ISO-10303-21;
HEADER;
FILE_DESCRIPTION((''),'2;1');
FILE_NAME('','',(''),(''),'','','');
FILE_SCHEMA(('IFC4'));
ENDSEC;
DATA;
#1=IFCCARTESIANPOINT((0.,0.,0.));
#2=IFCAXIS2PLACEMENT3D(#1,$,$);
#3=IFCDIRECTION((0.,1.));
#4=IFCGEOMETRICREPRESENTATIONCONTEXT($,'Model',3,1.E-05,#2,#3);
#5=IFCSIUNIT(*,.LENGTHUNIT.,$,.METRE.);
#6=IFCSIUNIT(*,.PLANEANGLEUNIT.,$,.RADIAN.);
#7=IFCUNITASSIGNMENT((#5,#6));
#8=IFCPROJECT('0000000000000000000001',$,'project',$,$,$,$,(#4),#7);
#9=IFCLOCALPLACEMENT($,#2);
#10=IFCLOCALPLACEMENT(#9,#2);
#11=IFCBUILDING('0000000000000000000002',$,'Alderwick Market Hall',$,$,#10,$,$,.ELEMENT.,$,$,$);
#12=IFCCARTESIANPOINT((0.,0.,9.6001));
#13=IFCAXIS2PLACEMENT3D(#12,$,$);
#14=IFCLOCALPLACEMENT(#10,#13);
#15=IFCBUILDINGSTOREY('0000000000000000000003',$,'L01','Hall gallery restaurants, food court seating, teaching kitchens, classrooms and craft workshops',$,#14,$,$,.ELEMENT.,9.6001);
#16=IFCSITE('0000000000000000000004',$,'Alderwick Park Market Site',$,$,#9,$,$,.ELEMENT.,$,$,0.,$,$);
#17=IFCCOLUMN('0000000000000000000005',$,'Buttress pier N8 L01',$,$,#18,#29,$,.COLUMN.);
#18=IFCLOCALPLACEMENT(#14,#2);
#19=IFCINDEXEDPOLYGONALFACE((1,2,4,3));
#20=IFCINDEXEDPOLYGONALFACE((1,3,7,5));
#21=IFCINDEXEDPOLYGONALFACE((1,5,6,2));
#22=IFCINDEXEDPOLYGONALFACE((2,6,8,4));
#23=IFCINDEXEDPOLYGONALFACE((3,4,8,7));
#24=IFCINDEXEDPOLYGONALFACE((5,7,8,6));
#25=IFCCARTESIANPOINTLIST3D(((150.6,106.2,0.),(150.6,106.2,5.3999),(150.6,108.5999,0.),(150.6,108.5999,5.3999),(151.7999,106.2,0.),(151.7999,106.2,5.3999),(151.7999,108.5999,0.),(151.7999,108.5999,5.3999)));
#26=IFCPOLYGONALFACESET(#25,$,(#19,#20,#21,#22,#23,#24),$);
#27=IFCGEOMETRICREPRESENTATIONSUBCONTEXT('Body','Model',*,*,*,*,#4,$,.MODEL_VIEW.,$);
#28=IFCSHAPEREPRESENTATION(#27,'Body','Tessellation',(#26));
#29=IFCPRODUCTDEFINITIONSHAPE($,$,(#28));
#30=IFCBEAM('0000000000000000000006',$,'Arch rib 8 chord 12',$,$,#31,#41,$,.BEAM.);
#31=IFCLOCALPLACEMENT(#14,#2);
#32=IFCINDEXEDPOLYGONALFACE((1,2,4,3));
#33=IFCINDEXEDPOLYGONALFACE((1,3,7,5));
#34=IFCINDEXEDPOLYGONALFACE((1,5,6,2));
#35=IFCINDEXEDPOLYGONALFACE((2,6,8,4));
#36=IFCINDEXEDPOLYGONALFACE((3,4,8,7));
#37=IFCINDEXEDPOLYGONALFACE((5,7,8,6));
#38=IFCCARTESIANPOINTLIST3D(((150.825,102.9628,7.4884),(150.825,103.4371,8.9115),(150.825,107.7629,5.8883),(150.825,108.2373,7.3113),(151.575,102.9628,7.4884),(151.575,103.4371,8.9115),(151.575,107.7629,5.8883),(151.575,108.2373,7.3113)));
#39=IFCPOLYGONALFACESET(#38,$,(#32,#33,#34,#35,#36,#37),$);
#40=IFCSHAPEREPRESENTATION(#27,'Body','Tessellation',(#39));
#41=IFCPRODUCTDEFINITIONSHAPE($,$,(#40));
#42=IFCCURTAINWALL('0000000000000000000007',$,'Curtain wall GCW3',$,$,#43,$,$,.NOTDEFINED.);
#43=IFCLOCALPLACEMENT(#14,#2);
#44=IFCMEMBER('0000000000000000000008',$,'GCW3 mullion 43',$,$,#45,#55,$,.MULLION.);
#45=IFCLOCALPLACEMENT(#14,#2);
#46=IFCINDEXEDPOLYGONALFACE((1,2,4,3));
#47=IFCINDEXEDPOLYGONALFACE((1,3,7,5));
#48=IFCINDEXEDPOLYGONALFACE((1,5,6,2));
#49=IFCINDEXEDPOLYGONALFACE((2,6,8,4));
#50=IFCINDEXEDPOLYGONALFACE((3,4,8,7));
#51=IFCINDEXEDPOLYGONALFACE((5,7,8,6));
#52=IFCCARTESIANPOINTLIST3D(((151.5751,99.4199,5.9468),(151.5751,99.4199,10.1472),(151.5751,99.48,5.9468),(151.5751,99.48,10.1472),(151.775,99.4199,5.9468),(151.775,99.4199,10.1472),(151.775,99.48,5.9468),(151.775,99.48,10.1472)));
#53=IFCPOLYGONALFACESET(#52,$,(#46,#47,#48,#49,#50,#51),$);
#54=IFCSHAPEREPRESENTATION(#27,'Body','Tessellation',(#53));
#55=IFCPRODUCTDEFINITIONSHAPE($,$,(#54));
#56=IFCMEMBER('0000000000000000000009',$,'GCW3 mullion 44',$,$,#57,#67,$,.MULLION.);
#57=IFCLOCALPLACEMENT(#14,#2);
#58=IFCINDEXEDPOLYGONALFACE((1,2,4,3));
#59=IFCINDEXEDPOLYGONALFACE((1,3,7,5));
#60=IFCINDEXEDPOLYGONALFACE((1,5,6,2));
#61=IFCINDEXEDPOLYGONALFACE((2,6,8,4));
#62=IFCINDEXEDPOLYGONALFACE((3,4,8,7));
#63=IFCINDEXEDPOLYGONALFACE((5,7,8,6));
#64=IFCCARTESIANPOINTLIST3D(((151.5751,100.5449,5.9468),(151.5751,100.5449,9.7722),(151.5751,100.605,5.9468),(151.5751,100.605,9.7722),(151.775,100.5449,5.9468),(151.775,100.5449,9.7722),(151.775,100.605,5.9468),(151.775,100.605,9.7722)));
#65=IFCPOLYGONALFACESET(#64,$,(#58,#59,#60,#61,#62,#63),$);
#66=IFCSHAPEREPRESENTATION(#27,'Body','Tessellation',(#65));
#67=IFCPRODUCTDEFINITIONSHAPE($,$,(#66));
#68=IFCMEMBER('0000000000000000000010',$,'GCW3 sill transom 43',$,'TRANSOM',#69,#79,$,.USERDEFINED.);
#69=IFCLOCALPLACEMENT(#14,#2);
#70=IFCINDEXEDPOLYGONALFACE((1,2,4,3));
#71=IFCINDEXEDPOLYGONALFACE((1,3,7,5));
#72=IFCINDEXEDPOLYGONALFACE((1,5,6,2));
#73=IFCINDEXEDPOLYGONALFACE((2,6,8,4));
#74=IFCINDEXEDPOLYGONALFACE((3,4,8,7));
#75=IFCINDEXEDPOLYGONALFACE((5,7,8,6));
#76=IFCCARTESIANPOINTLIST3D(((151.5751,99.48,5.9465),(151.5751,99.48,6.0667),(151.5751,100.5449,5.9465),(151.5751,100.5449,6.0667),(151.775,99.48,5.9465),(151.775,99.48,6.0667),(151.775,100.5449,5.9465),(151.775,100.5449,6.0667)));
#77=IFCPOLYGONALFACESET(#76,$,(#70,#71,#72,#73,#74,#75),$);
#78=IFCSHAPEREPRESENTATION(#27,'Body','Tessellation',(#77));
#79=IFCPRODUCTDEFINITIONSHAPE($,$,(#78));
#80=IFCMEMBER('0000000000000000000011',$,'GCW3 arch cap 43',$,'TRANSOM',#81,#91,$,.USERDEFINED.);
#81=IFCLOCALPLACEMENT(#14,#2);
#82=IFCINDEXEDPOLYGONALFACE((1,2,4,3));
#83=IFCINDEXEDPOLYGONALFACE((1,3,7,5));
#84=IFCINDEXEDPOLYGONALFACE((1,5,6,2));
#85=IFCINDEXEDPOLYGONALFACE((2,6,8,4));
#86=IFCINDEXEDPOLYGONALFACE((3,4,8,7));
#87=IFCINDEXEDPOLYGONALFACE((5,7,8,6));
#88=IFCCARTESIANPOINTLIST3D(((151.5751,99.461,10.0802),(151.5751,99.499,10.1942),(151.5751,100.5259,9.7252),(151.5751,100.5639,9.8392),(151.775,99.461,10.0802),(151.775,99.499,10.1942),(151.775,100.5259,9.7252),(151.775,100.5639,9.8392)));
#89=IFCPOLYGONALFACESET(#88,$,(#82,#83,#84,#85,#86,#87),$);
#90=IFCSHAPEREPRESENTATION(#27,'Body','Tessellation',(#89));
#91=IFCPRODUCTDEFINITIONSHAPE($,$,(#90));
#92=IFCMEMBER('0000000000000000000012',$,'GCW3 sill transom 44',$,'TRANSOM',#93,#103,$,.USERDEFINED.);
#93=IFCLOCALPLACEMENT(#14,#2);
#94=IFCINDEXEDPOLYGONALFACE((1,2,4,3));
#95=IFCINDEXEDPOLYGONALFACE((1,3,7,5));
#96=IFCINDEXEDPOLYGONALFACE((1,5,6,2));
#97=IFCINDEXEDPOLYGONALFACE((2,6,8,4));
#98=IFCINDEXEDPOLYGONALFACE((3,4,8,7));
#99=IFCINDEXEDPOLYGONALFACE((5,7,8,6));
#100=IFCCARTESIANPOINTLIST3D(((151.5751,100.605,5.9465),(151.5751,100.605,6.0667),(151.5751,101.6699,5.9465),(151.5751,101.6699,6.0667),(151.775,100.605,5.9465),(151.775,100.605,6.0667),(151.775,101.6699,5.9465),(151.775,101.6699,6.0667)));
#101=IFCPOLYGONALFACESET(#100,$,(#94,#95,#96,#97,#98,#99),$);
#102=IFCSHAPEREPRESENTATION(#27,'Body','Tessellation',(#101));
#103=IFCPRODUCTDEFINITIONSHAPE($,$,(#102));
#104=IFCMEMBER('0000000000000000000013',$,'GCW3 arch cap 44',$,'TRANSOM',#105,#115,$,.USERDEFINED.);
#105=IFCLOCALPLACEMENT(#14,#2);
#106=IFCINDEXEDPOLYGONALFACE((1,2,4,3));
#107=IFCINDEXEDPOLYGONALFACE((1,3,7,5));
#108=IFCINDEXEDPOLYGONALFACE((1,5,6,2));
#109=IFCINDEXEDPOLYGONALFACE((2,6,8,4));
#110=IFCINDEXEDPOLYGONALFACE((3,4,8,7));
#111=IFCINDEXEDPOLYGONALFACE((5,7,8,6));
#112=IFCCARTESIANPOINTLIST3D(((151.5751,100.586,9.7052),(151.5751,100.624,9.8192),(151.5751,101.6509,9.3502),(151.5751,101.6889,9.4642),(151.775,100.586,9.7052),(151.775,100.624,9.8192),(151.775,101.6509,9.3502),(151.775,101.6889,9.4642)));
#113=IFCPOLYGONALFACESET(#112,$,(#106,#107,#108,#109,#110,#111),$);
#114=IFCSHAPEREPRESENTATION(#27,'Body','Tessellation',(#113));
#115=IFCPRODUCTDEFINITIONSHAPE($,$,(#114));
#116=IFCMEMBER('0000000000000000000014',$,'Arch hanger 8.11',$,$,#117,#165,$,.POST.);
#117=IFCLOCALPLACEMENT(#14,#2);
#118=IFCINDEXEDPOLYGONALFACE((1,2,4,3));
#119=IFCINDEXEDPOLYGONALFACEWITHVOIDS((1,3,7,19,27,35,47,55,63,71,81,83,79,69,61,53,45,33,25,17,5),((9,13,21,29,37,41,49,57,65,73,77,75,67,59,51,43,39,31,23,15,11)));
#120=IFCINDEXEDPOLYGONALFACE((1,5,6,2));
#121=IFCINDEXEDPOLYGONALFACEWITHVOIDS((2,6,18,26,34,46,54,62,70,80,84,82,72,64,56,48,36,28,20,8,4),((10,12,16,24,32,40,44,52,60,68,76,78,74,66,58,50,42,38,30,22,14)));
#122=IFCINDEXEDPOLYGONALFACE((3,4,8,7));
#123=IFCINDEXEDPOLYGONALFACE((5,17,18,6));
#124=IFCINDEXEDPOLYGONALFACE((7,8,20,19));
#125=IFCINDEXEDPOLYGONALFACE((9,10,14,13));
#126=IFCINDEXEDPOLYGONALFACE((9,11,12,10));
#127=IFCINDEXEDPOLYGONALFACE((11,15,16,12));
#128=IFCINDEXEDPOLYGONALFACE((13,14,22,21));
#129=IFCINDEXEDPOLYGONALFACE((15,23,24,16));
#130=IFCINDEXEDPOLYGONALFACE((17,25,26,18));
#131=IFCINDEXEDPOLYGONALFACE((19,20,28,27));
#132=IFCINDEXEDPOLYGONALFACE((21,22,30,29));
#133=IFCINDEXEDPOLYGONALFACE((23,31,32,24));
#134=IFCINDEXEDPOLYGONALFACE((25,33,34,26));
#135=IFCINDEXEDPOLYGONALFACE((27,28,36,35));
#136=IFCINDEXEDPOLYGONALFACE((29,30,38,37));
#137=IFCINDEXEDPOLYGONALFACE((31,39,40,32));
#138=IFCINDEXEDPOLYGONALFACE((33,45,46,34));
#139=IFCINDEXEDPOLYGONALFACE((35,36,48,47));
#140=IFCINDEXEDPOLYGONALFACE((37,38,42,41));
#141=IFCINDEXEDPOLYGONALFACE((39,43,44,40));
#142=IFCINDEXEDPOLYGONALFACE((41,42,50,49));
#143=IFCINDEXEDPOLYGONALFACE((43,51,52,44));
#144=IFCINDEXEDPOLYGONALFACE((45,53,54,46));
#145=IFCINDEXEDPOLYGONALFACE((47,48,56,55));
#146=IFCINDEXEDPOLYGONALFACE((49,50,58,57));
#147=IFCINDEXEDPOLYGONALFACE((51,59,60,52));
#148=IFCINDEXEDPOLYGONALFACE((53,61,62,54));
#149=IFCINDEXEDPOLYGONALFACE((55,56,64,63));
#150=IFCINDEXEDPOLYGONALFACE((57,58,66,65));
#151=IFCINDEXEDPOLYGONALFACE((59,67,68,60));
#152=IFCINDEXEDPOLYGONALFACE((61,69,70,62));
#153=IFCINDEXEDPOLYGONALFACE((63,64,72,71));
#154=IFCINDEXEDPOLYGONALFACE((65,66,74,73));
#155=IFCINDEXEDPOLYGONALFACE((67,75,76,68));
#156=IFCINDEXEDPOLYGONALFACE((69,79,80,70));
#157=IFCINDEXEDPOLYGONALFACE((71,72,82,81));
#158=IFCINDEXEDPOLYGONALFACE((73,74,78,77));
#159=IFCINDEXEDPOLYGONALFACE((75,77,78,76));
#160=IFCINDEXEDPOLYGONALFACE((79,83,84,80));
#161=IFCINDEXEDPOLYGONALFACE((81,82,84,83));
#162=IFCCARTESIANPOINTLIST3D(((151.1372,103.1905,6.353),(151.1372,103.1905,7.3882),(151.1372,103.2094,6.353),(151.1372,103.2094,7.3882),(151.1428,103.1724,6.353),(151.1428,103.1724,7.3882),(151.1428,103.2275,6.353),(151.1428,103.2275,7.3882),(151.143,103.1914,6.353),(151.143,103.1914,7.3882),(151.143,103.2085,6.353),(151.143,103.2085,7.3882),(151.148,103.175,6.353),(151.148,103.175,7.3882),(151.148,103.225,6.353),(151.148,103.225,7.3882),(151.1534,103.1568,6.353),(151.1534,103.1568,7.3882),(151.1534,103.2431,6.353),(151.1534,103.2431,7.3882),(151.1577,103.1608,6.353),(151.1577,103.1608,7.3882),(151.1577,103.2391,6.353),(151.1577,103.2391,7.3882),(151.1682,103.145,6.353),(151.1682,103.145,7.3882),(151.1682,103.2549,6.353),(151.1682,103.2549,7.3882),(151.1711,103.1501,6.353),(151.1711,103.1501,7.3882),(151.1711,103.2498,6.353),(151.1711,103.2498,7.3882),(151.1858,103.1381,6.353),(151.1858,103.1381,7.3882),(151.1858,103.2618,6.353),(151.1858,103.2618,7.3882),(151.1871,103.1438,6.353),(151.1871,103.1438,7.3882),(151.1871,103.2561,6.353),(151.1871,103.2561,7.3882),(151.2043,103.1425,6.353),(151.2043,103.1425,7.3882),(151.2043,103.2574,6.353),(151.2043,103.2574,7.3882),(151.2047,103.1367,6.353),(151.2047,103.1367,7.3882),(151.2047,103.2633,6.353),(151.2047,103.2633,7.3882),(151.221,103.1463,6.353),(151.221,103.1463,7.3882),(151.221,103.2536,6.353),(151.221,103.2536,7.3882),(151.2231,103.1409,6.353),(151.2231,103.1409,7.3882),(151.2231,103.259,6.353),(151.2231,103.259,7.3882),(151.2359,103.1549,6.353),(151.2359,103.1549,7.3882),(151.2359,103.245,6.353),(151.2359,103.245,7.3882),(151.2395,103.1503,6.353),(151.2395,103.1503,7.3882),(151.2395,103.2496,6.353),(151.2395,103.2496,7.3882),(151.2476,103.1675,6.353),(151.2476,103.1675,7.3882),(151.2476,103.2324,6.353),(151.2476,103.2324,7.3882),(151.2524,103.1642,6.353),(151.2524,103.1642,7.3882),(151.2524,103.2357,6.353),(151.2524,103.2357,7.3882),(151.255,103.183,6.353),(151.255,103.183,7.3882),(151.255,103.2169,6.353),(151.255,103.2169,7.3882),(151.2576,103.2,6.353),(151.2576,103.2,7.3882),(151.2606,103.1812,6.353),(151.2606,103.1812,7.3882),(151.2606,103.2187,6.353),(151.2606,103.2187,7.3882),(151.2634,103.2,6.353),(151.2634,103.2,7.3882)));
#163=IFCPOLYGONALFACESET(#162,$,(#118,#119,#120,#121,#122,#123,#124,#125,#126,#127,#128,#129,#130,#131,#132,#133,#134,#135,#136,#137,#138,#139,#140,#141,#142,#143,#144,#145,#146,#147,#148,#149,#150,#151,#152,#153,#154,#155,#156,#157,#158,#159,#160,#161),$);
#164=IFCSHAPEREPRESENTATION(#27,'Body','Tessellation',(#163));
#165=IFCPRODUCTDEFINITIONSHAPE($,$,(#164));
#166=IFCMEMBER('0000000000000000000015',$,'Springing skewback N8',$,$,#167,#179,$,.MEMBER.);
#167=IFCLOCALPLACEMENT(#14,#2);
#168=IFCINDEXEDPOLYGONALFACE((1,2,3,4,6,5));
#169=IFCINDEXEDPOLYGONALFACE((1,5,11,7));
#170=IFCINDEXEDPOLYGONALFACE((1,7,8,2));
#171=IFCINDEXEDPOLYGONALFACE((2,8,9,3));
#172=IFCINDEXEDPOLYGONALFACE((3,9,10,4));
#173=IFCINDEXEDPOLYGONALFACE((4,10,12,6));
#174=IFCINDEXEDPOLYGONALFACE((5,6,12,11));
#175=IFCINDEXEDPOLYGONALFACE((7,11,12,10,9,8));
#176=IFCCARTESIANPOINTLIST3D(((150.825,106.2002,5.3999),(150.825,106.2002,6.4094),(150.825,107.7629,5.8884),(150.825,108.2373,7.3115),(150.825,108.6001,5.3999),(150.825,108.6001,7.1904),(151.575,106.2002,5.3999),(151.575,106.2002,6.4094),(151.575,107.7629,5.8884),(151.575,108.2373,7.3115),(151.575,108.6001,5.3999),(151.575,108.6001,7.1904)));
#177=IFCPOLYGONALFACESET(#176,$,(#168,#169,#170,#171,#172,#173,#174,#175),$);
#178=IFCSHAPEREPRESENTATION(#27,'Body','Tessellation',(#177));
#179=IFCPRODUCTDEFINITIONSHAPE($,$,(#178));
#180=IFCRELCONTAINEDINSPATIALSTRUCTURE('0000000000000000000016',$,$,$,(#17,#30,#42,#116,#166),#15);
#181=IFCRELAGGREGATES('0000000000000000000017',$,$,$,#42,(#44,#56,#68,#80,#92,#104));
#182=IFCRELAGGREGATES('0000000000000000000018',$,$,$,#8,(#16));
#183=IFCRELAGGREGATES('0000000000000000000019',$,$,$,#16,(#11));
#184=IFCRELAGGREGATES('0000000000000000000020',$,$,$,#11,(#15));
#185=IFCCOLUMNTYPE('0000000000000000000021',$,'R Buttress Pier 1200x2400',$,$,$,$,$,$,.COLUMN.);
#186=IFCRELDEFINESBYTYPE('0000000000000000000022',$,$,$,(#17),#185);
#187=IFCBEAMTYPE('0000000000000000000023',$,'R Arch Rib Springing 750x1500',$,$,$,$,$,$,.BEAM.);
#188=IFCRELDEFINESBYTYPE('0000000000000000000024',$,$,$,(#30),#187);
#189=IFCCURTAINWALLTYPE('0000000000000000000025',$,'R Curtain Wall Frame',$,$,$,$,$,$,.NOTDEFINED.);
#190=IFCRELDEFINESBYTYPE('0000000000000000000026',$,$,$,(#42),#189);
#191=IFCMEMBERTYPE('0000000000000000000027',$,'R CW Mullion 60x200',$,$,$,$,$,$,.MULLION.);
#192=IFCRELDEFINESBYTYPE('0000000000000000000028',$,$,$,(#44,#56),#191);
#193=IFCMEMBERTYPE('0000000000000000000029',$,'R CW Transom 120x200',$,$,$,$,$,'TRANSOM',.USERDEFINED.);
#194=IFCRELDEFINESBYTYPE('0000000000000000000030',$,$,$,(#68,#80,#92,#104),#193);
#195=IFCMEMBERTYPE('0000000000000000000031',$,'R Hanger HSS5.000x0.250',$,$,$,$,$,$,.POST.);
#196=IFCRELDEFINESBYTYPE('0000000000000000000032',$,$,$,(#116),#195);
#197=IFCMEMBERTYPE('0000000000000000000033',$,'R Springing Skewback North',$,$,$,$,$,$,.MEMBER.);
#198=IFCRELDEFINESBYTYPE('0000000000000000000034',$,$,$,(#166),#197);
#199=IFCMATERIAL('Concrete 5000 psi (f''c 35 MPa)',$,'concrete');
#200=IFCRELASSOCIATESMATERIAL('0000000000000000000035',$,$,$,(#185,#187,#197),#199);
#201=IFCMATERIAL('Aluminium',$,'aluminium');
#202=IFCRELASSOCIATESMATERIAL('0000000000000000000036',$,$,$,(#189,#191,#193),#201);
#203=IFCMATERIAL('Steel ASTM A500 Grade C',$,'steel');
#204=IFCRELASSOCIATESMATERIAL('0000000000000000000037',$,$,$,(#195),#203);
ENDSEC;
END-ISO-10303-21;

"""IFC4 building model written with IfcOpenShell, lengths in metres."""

from ifc_helpers import new_model, si_unit, direction, frame, origin, origin_2d, place, context, subcontext, project, spatial, polyline, rectangle, hollow_circle, outline, extrude, material, material_profile, profile_set, type_object, element, aggregate, save


model = new_model("IFC4")

# Units and contexts
model_context = context("Model", 3, precision=1e-05, world=origin(), true_north=direction((0.0, 1.0)))
body_context = subcontext(model_context, "Body", "Model", "MODEL_VIEW")
ifc_project = project(units=[si_unit("LENGTHUNIT", "METRE"), si_unit("PLANEANGLEUNIT", "RADIAN")], contexts=[model_context])

# Site, building, storey
site_placement = place(None, origin())
site = spatial("IfcSite", under=ifc_project, at=site_placement, Name="Alderwick Park Market Site", CompositionType="ELEMENT", RefElevation=0.0)
building_placement = place(site_placement, origin())
building = spatial("IfcBuilding", under=site, at=building_placement, Name="Alderwick Market Hall", CompositionType="ELEMENT")
storey_placement = place(building_placement, frame((0.0, 0.0, 9.6001)))
storey = spatial("IfcBuildingStorey", under=building, at=storey_placement, Name="L01", Description="Hall gallery restaurants, food court seating, teaching kitchens, classrooms and craft workshops", CompositionType="ELEMENT", Elevation=9.6001)

# Column
ifc_material_1 = material(Name="Concrete 5000 psi (f'c 35 MPa)", Category="concrete")
ifc_material_profile_1 = material_profile(ifc_material_1, rectangle(XDim=1.2, YDim=2.3999, at=origin_2d()), Name="RC 1200x2400")
ifc_profile_set_1 = profile_set([ifc_material_profile_1], Name="Concrete 5000 psi (f'c 35 MPa)")
column_type = type_object("IfcColumnType", Name="R Buttress Pier 1200x2400", PredefinedType="COLUMN", material=ifc_profile_set_1)
column_placement = place(storey_placement, frame((151.2, 107.3999, 0.0), z_axis=(0.0, 0.0, 1.0), x_axis=(1.0, 0.0, 0.0)))
element("IfcColumn", 1, at=column_placement, inside=storey, type_object=column_type, Name="Buttress pier N8 L01", PredefinedType="COLUMN", context=body_context, shape_type="SweptSolid", body=[
    extrude(rectangle(XDim=1.2, YDim=2.3999, at=origin_2d()), origin(), (0.0, 0.0, 1.0), 5.3999),
])

# Beam
ifc_material_profile_2 = material_profile(ifc_material_1, rectangle(XDim=0.75, YDim=1.5, at=origin_2d()), Name="RC 750x1500")
ifc_profile_set_2 = profile_set([ifc_material_profile_2], Name="Concrete 5000 psi (f'c 35 MPa)")
beam_type = type_object("IfcBeamType", Name="R Arch Rib Springing 750x1500", PredefinedType="BEAM", material=ifc_profile_set_2)
beam_placement = place(storey_placement, frame((151.2, 103.2, 8.2), z_axis=(0.0, 0.948678, -0.316242), x_axis=(-1.0, 0.0, 0.0)))
element("IfcBeam", 2, at=beam_placement, inside=storey, type_object=beam_type, Name="Arch rib 8 chord 12", PredefinedType="BEAM", context=body_context, shape_type="SweptSolid", body=[
    extrude(rectangle(XDim=0.75, YDim=1.5, at=origin_2d()), origin(), (0.0, 0.0, 1.0), 5.0598),
])

# Curtain wall, members
ifc_material_2 = material(Name="Aluminium", Category="aluminium")
curtain_wall_type = type_object("IfcCurtainWallType", Name="R Curtain Wall Frame", PredefinedType="NOTDEFINED", material=ifc_material_2)
curtain_wall_placement = place(storey_placement, origin())
curtain_wall = element("IfcCurtainWall", 3, at=curtain_wall_placement, inside=storey, type_object=curtain_wall_type, Name="Curtain wall GCW3", PredefinedType="NOTDEFINED")
ifc_material_profile_3 = material_profile(ifc_material_2, rectangle(XDim=0.2, YDim=0.0601, at=origin_2d()), Name="AL 60x200")
ifc_profile_set_3 = profile_set([ifc_material_profile_3], Name="Aluminium")
member_type_1 = type_object("IfcMemberType", Name="R CW Mullion 60x200", PredefinedType="MULLION", material=ifc_profile_set_3)
member_1_placement = place(storey_placement, frame((151.675, 99.45, 5.9468), z_axis=(0.0, 0.0, 1.0), x_axis=(1.0, 0.0, 0.0)))
member_1 = element("IfcMember", 4, at=member_1_placement, type_object=member_type_1, Name="GCW3 mullion 43", PredefinedType="MULLION", context=body_context, shape_type="SweptSolid", body=[
    extrude(rectangle(XDim=0.2, YDim=0.0601, at=origin_2d()), origin(), (0.0, 0.0, 1.0), 4.2004),
])
member_2_placement = place(storey_placement, frame((151.675, 100.575, 5.9468), z_axis=(0.0, 0.0, 1.0), x_axis=(1.0, 0.0, 0.0)))
member_2 = element("IfcMember", 5, at=member_2_placement, type_object=member_type_1, Name="GCW3 mullion 44", PredefinedType="MULLION", context=body_context, shape_type="SweptSolid", body=[
    extrude(rectangle(XDim=0.2, YDim=0.0601, at=origin_2d()), origin(), (0.0, 0.0, 1.0), 3.8254),
])
ifc_material_profile_4 = material_profile(ifc_material_2, rectangle(XDim=0.2, YDim=0.1201, at=origin_2d()), Name="AL 120x200")
ifc_profile_set_4 = profile_set([ifc_material_profile_4], Name="Aluminium")
member_type_2 = type_object("IfcMemberType", Name="R CW Transom 120x200", ElementType="TRANSOM", PredefinedType="USERDEFINED", material=ifc_profile_set_4)
member_3_placement = place(storey_placement, frame((151.675, 99.48, 6.0066), z_axis=(0.0, 1.0, 0.0), x_axis=(-1.0, 0.0, 0.0)))
member_3 = element("IfcMember", 6, at=member_3_placement, type_object=member_type_2, Name="GCW3 sill transom 43", ObjectType="TRANSOM", PredefinedType="USERDEFINED", context=body_context, shape_type="SweptSolid", body=[
    extrude(rectangle(XDim=0.2, YDim=0.1201, at=origin_2d()), origin(), (0.0, 0.0, 1.0), 1.0649),
])
member_4_placement = place(storey_placement, frame((151.675, 99.48, 10.1372), z_axis=(0.0, 0.948683, -0.316228), x_axis=(-1.0, 0.0, 0.0)))
member_4 = element("IfcMember", 7, at=member_4_placement, type_object=member_type_2, Name="GCW3 arch cap 43", ObjectType="TRANSOM", PredefinedType="USERDEFINED", context=body_context, shape_type="SweptSolid", body=[
    extrude(rectangle(XDim=0.2, YDim=0.1201, at=origin_2d()), origin(), (0.0, 0.0, 1.0), 1.1226),
])
member_5_placement = place(storey_placement, frame((151.675, 100.605, 6.0066), z_axis=(0.0, 1.0, 0.0), x_axis=(-1.0, 0.0, 0.0)))
member_5 = element("IfcMember", 8, at=member_5_placement, type_object=member_type_2, Name="GCW3 sill transom 44", ObjectType="TRANSOM", PredefinedType="USERDEFINED", context=body_context, shape_type="SweptSolid", body=[
    extrude(rectangle(XDim=0.2, YDim=0.1201, at=origin_2d()), origin(), (0.0, 0.0, 1.0), 1.0649),
])
member_6_placement = place(storey_placement, frame((151.675, 100.605, 9.7622), z_axis=(0.0, 0.948683, -0.316228), x_axis=(-1.0, 0.0, 0.0)))
member_6 = element("IfcMember", 9, at=member_6_placement, type_object=member_type_2, Name="GCW3 arch cap 44", ObjectType="TRANSOM", PredefinedType="USERDEFINED", context=body_context, shape_type="SweptSolid", body=[
    extrude(rectangle(XDim=0.2, YDim=0.1201, at=origin_2d()), origin(), (0.0, 0.0, 1.0), 1.1226),
])

# Members
ifc_material_3 = material(Name="Steel ASTM A500 Grade C", Category="steel")
ifc_material_profile_5 = material_profile(ifc_material_3, hollow_circle(Radius=0.0635, WallThickness=0.0059, at=origin_2d()), Name="HSS5.000x0.250")
ifc_profile_set_5 = profile_set([ifc_material_profile_5], Name="Steel ASTM A500 Grade C")
member_type_3 = type_object("IfcMemberType", Name="R Hanger HSS5.000x0.250", PredefinedType="POST", material=ifc_profile_set_5)
member_7_placement = place(storey_placement, frame((151.2, 103.2, 6.353), z_axis=(0.0, 0.0, 1.0), x_axis=(1.0, 0.0, 0.0)))
element("IfcMember", 10, at=member_7_placement, inside=storey, type_object=member_type_3, Name="Arch hanger 8.11", PredefinedType="POST", context=body_context, shape_type="SweptSolid", body=[
    extrude(hollow_circle(Radius=0.0635, WallThickness=0.0059, at=origin_2d()), origin(), (0.0, 0.0, 1.0), 1.0352),
])
ifc_material_profile_6 = material_profile(ifc_material_1, outline(polyline([(0.0, 0.0), (-2.3999, 0.0), (-2.3999, 1.0095), (-0.8372, 0.4885), (-0.3628, 1.9116), (0.0, 1.7905), (0.0, 0.0)])), Name="RC skewback N")
ifc_profile_set_6 = profile_set([ifc_material_profile_6], Name="Concrete 5000 psi (f'c 35 MPa)")
member_type_4 = type_object("IfcMemberType", Name="R Springing Skewback North", PredefinedType="MEMBER", material=ifc_profile_set_6)
member_8_placement = place(storey_placement, frame((150.825, 108.6001, 5.3999), z_axis=(1.0, 0.0, 0.0), x_axis=(0.0, 1.0, 0.0)))
element("IfcMember", 11, at=member_8_placement, inside=storey, type_object=member_type_4, Name="Springing skewback N8", PredefinedType="MEMBER", context=body_context, shape_type="SweptSolid", body=[
    extrude(outline(polyline([(0.0, 0.0), (-2.3999, 0.0), (-2.3999, 1.0095), (-0.8372, 0.4885), (-0.3628, 1.9116), (0.0, 1.7905), (0.0, 0.0)])), origin(), (0.0, 0.0, 1.0), 0.75),
])

aggregate(curtain_wall, [member_1, member_2, member_3, member_4, member_5, member_6])

save(model, "model.ifc")
